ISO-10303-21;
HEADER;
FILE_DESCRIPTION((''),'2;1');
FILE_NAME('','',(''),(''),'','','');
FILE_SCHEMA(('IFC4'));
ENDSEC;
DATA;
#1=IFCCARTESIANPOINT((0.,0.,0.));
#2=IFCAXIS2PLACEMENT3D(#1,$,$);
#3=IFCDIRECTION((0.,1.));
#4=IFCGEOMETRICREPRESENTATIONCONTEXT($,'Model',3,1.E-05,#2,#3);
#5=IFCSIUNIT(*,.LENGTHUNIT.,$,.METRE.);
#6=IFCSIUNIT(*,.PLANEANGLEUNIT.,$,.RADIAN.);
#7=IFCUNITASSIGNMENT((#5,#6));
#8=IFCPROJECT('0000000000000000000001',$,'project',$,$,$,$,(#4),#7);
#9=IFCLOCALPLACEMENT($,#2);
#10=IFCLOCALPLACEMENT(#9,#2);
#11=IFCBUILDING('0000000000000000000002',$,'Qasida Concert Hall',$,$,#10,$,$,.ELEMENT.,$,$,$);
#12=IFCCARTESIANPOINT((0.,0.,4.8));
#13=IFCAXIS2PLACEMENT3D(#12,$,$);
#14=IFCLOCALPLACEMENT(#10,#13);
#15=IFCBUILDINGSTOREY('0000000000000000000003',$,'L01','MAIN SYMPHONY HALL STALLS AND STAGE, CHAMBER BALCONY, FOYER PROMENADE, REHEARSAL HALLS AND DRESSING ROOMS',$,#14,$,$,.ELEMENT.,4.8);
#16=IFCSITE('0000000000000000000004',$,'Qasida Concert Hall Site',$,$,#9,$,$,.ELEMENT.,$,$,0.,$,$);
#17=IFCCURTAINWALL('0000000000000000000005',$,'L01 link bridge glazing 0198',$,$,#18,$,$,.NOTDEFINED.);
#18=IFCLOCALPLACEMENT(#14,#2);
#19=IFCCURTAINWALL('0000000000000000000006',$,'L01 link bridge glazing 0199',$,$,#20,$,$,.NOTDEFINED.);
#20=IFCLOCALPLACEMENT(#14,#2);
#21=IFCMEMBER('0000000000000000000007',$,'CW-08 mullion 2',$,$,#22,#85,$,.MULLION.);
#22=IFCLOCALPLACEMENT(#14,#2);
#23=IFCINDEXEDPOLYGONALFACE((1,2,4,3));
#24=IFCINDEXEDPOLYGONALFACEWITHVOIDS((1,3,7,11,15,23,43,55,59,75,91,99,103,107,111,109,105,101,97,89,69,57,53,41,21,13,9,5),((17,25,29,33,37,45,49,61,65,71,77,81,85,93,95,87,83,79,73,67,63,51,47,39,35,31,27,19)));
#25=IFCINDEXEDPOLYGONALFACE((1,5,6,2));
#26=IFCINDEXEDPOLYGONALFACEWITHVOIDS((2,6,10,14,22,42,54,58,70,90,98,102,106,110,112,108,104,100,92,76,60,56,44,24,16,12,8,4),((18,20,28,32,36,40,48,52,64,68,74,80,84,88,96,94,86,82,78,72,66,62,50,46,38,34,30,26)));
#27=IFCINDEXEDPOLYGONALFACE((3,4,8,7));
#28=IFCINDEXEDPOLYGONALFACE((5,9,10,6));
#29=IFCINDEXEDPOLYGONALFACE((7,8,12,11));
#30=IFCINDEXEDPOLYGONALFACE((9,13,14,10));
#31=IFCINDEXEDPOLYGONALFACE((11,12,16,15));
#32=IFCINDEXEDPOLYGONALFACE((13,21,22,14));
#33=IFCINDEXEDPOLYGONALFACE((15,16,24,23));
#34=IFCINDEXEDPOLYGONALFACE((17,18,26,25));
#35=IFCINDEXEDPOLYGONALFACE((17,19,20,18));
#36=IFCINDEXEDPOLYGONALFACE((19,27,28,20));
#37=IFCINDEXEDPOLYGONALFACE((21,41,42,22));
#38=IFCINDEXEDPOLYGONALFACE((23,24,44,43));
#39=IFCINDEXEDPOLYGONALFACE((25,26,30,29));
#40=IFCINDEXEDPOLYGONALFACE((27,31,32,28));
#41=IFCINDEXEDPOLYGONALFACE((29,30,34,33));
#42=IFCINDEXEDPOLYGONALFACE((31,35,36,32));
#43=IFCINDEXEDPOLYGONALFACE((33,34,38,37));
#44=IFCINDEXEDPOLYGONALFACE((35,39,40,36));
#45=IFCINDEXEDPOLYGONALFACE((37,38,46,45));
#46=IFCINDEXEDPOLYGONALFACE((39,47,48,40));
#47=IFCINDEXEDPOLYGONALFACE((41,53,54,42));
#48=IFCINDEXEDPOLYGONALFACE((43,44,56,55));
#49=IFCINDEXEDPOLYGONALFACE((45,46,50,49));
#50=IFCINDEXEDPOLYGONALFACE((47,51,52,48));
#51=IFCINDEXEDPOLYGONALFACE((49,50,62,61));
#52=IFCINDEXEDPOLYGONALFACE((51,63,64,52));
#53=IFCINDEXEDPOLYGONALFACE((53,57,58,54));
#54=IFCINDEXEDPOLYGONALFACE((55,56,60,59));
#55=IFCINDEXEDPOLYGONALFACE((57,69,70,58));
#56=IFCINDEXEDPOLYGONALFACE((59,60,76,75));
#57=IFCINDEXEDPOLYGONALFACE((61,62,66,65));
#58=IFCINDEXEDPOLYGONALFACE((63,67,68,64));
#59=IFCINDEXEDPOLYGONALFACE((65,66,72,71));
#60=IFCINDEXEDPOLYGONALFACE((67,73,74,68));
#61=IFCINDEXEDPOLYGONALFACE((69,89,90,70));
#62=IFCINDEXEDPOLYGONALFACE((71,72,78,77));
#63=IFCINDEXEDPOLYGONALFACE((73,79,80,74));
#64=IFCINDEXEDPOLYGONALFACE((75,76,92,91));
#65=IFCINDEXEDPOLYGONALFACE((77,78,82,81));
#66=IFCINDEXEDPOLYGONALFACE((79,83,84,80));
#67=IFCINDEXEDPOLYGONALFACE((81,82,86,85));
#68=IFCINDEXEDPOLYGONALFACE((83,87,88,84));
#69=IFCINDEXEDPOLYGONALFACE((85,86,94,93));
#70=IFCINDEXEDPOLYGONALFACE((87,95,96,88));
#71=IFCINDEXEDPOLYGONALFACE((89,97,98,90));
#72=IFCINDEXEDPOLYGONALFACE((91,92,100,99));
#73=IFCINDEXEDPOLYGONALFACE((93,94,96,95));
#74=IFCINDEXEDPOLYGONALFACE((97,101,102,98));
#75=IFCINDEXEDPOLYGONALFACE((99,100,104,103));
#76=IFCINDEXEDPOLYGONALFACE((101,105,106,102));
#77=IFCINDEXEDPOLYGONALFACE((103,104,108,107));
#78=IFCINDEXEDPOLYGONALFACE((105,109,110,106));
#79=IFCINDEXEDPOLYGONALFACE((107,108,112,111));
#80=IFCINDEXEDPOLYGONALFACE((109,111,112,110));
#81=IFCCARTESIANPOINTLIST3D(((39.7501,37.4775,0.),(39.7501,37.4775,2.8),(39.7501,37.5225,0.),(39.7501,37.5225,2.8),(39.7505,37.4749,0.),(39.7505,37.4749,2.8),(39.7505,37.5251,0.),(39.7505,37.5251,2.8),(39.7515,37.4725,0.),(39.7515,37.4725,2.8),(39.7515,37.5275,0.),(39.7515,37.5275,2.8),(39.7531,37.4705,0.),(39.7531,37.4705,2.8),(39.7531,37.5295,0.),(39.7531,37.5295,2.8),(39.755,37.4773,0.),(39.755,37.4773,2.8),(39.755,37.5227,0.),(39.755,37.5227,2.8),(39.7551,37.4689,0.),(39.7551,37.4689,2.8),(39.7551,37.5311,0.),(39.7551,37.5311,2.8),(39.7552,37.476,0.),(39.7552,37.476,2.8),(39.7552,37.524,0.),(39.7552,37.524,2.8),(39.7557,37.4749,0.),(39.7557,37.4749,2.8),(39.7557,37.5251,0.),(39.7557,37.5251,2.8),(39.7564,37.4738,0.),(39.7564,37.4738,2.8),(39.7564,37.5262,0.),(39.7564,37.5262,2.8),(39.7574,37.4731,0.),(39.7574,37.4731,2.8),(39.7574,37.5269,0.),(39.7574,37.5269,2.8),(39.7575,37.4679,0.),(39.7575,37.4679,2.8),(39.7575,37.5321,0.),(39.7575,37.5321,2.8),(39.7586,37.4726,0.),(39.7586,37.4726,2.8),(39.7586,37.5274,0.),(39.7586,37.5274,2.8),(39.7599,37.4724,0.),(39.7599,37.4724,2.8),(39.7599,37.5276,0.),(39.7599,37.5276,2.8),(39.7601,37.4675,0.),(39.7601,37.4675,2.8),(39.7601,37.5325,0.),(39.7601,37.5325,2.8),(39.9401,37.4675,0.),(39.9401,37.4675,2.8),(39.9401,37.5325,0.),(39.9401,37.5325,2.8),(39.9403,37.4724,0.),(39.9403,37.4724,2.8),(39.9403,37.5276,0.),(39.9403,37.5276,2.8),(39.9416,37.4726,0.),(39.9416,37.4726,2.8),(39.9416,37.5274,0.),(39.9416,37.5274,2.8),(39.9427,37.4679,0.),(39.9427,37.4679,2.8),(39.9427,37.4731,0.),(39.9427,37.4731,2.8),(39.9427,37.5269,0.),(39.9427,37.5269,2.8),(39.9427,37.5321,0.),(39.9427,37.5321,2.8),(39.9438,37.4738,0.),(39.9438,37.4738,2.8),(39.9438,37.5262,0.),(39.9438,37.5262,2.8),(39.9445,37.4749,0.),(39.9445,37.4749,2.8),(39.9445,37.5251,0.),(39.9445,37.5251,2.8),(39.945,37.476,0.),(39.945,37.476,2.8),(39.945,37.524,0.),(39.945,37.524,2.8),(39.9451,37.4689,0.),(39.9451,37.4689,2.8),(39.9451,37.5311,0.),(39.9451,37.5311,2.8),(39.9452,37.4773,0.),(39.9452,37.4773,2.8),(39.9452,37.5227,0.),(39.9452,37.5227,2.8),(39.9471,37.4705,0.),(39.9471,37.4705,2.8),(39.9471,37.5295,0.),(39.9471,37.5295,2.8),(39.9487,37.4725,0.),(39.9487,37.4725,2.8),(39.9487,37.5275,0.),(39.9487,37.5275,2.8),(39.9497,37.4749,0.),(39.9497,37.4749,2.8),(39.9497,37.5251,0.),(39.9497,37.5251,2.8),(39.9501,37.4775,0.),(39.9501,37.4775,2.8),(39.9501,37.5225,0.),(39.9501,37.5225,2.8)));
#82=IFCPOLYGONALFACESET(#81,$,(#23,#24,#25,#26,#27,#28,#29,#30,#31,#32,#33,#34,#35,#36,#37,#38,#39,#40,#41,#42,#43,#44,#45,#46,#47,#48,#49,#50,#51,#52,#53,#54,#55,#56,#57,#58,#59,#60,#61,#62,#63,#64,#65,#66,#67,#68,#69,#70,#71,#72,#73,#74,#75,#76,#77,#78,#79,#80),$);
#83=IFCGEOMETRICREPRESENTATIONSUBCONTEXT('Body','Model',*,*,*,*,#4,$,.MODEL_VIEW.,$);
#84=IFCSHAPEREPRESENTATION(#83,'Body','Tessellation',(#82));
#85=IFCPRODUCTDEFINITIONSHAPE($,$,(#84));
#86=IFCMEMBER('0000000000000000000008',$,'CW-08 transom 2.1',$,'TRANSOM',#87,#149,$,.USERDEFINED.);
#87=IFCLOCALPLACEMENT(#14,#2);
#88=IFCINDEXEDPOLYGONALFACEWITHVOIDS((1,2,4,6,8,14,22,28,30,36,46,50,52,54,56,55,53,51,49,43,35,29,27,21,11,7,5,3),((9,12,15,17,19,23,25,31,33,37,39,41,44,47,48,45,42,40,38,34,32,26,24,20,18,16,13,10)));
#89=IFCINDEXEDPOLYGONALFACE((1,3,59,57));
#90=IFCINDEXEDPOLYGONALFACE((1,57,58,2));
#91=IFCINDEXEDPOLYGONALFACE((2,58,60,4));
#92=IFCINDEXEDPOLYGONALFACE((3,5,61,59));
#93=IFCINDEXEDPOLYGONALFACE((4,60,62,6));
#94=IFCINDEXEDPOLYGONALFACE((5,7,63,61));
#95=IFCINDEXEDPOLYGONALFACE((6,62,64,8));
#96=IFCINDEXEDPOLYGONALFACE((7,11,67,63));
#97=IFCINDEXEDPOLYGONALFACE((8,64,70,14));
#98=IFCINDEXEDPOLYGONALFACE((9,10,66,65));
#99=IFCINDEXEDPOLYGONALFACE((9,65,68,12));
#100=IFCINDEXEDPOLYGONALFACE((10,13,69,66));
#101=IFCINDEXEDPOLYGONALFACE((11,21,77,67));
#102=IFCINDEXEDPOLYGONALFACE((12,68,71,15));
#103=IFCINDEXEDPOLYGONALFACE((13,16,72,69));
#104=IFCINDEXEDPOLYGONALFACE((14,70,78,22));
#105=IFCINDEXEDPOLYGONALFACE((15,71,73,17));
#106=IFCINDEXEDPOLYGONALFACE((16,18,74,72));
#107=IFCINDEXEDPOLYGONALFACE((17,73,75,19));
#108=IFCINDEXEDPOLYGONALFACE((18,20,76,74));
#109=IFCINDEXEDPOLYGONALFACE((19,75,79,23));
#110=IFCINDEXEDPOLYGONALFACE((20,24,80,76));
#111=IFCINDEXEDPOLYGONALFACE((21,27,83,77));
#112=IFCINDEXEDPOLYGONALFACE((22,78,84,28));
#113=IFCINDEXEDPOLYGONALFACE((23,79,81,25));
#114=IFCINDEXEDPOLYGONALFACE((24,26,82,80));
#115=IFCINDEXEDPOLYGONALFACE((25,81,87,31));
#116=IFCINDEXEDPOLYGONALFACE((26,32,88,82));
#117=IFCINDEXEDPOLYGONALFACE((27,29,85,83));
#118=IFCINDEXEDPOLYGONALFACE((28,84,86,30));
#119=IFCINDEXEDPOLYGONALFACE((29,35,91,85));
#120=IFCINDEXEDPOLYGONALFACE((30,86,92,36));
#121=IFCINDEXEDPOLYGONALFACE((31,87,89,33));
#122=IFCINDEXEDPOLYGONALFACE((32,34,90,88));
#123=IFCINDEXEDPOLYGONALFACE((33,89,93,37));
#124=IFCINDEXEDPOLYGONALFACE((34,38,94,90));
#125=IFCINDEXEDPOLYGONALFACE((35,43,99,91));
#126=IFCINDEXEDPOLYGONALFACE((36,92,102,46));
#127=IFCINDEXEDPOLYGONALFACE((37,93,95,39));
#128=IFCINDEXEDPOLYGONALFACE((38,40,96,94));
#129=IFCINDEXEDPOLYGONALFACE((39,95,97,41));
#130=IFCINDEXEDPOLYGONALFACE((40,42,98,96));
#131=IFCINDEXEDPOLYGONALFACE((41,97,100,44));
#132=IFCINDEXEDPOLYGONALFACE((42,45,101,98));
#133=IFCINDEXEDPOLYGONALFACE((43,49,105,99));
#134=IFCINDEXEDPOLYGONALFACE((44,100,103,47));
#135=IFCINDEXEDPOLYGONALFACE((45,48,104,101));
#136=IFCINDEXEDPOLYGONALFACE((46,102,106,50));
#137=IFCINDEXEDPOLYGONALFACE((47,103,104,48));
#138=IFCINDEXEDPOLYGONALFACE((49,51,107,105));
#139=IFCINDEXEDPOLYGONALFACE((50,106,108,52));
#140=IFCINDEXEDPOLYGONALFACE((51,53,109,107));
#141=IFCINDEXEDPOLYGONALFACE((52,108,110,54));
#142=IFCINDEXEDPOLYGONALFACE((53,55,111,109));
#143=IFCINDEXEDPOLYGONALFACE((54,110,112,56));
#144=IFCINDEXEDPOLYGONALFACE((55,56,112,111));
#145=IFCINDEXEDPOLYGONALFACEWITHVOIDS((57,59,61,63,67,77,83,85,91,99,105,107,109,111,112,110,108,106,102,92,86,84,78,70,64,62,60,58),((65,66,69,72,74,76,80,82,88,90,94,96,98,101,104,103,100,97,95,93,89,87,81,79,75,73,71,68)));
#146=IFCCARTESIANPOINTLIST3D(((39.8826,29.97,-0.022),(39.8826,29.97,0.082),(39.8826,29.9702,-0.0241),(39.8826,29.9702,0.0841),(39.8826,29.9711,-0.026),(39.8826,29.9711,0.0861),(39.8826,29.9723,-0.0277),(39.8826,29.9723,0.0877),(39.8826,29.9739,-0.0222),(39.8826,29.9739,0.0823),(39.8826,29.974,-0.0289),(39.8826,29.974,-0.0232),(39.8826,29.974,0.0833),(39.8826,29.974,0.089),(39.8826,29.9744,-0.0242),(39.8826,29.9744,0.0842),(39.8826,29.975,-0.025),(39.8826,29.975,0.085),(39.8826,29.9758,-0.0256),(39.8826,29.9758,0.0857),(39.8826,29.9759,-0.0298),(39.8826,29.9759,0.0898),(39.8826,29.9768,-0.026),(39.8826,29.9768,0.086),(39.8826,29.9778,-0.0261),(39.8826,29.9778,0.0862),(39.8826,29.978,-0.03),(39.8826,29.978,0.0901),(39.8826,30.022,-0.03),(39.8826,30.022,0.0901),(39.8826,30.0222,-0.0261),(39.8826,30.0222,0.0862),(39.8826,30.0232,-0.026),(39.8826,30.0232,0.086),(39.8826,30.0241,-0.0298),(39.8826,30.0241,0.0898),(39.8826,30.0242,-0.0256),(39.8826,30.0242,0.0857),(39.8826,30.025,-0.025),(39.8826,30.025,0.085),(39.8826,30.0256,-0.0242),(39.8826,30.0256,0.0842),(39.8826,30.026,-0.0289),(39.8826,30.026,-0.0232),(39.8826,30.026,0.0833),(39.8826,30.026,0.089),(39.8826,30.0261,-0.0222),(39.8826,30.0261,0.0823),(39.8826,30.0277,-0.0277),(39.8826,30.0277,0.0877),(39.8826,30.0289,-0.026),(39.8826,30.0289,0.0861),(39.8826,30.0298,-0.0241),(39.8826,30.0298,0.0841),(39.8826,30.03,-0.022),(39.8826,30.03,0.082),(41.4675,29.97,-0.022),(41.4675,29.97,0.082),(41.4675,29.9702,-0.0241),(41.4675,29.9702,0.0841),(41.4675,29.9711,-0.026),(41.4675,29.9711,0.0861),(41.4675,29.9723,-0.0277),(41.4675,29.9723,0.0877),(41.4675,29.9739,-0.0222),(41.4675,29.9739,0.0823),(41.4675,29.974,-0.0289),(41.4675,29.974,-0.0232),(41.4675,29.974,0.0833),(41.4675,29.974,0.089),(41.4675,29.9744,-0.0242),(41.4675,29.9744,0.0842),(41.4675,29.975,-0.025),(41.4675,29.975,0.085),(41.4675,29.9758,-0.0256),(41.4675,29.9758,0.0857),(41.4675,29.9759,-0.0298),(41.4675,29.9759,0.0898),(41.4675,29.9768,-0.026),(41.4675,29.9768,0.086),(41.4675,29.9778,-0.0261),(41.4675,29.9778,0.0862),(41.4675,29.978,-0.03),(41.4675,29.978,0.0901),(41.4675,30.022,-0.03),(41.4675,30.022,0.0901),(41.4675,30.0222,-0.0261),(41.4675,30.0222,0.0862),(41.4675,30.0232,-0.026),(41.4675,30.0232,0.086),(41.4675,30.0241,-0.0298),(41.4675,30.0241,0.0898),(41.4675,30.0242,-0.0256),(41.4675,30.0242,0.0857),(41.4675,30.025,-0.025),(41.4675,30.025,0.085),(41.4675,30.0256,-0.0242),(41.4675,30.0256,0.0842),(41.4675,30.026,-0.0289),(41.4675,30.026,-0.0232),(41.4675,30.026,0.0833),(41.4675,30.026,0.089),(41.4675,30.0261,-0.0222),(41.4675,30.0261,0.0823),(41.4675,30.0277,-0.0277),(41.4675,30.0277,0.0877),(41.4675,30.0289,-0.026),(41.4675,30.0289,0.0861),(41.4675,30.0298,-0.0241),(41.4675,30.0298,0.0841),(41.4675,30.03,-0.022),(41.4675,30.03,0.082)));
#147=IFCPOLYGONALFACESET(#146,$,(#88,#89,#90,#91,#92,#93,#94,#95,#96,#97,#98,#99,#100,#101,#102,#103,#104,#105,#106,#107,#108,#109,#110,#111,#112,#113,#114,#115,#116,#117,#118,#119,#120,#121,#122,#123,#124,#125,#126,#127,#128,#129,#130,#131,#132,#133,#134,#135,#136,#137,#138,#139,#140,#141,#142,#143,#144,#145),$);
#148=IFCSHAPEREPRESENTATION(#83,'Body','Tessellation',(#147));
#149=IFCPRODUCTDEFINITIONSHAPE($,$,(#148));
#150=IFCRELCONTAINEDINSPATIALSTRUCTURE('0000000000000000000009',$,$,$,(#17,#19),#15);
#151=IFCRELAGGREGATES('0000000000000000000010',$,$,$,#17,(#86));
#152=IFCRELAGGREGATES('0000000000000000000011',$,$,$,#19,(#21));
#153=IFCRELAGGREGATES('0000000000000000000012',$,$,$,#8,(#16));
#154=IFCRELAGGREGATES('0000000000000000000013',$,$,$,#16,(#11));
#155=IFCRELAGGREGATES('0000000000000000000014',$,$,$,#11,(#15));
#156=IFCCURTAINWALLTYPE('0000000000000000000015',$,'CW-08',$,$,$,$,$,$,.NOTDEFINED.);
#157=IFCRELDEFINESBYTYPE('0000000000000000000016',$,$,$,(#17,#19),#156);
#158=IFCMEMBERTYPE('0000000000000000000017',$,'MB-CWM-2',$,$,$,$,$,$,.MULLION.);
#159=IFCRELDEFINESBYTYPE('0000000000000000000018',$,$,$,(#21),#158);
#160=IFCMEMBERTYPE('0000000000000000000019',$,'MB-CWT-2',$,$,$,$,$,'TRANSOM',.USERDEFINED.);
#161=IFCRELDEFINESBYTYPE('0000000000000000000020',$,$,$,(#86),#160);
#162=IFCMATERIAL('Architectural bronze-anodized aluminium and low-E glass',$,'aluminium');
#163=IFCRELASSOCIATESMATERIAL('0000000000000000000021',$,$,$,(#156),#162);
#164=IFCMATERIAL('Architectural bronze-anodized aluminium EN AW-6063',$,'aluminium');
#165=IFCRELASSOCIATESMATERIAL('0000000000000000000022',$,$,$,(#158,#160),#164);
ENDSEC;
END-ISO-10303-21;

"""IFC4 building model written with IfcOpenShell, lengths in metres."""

from ifc_helpers import new_model, si_unit, direction, frame, origin, origin_2d, place, context, subcontext, project, spatial, hollow_rectangle, extrude, material, material_profile, profile_set, type_object, element, aggregate, save


model = new_model("IFC4")

# Units and contexts
model_context = context("Model", 3, precision=1e-05, world=origin(), true_north=direction((0.0, 1.0)))
body_context = subcontext(model_context, "Body", "Model", "MODEL_VIEW")
ifc_project = project(units=[si_unit("LENGTHUNIT", "METRE"), si_unit("PLANEANGLEUNIT", "RADIAN")], contexts=[model_context])

# Site, building, storey
site_placement = place(None, origin())
site = spatial("IfcSite", under=ifc_project, at=site_placement, Name="Qasida Concert Hall Site", CompositionType="ELEMENT", RefElevation=0.0)
building_placement = place(site_placement, origin())
building = spatial("IfcBuilding", under=site, at=building_placement, Name="Qasida Concert Hall", CompositionType="ELEMENT")
storey_placement = place(building_placement, frame((0.0, 0.0, 4.8)))
storey = spatial("IfcBuildingStorey", under=building, at=storey_placement, Name="L01", Description="MAIN SYMPHONY HALL STALLS AND STAGE, CHAMBER BALCONY, FOYER PROMENADE, REHEARSAL HALLS AND DRESSING ROOMS", CompositionType="ELEMENT", Elevation=4.8)

# Curtain wall
ifc_material_1 = material(Name="Architectural bronze-anodized aluminium and low-E glass", Category="aluminium")
curtain_wall_type = type_object("IfcCurtainWallType", Name="CW-08", PredefinedType="NOTDEFINED", material=ifc_material_1)
curtain_wall_1_placement = place(storey_placement, origin())
curtain_wall_1 = element("IfcCurtainWall", 1, at=curtain_wall_1_placement, inside=storey, type_object=curtain_wall_type, Name="L01 link bridge glazing 0198", PredefinedType="NOTDEFINED")
ifc_material_2 = material(Name="Architectural bronze-anodized aluminium EN AW-6063", Category="aluminium")
ifc_material_profile_1 = material_profile(ifc_material_2, hollow_rectangle(XDim=0.0649, YDim=0.2, WallThickness=0.0049, InnerFilletRadius=0.0049, OuterFilletRadius=0.01, at=origin_2d()), Name="CWM 200x65x5")
ifc_profile_set_1 = profile_set([ifc_material_profile_1], Name="Architectural bronze-anodized aluminium EN AW-6063")
member_type_1 = type_object("IfcMemberType", Name="MB-CWM-2", PredefinedType="MULLION", material=ifc_profile_set_1)

# Curtain wall, member
curtain_wall_2_placement = place(storey_placement, origin())
curtain_wall_2 = element("IfcCurtainWall", 2, at=curtain_wall_2_placement, inside=storey, type_object=curtain_wall_type, Name="L01 link bridge glazing 0199", PredefinedType="NOTDEFINED")
member_1_placement = place(storey_placement, frame((39.8501, 37.5, 0.0), z_axis=(0.0, 0.0, 1.0), x_axis=(0.0, 1.0, 0.0)))
member_1 = element("IfcMember", 3, at=member_1_placement, type_object=member_type_1, Name="CW-08 mullion 2", PredefinedType="MULLION", context=body_context, shape_type="SweptSolid", body=[
    extrude(hollow_rectangle(XDim=0.0649, YDim=0.2, WallThickness=0.0049, InnerFilletRadius=0.0049, OuterFilletRadius=0.01, at=origin_2d()), origin(), (0.0, 0.0, 1.0), 2.8),
])

# Member
ifc_material_profile_2 = material_profile(ifc_material_2, hollow_rectangle(XDim=0.0601, YDim=0.1201, WallThickness=0.0039, InnerFilletRadius=0.0039, OuterFilletRadius=0.0081, at=origin_2d()), Name="CWT 120x60x4")
ifc_profile_set_2 = profile_set([ifc_material_profile_2], Name="Architectural bronze-anodized aluminium EN AW-6063")
member_type_2 = type_object("IfcMemberType", Name="MB-CWT-2", ElementType="TRANSOM", PredefinedType="USERDEFINED", material=ifc_profile_set_2)
member_2_placement = place(storey_placement, frame((39.8826, 30.0, 0.03), z_axis=(1.0, 0.0, 0.0), x_axis=(0.0, 1.0, 0.0)))
member_2 = element("IfcMember", 4, at=member_2_placement, type_object=member_type_2, Name="CW-08 transom 2.1", ObjectType="TRANSOM", PredefinedType="USERDEFINED", context=body_context, shape_type="SweptSolid", body=[
    extrude(hollow_rectangle(XDim=0.0601, YDim=0.1201, WallThickness=0.0039, InnerFilletRadius=0.0039, OuterFilletRadius=0.0081, at=origin_2d()), origin(), (0.0, 0.0, 1.0), 1.585),
])

aggregate(curtain_wall_1, [member_2])
aggregate(curtain_wall_2, [member_1])

save(model, "model.ifc")
